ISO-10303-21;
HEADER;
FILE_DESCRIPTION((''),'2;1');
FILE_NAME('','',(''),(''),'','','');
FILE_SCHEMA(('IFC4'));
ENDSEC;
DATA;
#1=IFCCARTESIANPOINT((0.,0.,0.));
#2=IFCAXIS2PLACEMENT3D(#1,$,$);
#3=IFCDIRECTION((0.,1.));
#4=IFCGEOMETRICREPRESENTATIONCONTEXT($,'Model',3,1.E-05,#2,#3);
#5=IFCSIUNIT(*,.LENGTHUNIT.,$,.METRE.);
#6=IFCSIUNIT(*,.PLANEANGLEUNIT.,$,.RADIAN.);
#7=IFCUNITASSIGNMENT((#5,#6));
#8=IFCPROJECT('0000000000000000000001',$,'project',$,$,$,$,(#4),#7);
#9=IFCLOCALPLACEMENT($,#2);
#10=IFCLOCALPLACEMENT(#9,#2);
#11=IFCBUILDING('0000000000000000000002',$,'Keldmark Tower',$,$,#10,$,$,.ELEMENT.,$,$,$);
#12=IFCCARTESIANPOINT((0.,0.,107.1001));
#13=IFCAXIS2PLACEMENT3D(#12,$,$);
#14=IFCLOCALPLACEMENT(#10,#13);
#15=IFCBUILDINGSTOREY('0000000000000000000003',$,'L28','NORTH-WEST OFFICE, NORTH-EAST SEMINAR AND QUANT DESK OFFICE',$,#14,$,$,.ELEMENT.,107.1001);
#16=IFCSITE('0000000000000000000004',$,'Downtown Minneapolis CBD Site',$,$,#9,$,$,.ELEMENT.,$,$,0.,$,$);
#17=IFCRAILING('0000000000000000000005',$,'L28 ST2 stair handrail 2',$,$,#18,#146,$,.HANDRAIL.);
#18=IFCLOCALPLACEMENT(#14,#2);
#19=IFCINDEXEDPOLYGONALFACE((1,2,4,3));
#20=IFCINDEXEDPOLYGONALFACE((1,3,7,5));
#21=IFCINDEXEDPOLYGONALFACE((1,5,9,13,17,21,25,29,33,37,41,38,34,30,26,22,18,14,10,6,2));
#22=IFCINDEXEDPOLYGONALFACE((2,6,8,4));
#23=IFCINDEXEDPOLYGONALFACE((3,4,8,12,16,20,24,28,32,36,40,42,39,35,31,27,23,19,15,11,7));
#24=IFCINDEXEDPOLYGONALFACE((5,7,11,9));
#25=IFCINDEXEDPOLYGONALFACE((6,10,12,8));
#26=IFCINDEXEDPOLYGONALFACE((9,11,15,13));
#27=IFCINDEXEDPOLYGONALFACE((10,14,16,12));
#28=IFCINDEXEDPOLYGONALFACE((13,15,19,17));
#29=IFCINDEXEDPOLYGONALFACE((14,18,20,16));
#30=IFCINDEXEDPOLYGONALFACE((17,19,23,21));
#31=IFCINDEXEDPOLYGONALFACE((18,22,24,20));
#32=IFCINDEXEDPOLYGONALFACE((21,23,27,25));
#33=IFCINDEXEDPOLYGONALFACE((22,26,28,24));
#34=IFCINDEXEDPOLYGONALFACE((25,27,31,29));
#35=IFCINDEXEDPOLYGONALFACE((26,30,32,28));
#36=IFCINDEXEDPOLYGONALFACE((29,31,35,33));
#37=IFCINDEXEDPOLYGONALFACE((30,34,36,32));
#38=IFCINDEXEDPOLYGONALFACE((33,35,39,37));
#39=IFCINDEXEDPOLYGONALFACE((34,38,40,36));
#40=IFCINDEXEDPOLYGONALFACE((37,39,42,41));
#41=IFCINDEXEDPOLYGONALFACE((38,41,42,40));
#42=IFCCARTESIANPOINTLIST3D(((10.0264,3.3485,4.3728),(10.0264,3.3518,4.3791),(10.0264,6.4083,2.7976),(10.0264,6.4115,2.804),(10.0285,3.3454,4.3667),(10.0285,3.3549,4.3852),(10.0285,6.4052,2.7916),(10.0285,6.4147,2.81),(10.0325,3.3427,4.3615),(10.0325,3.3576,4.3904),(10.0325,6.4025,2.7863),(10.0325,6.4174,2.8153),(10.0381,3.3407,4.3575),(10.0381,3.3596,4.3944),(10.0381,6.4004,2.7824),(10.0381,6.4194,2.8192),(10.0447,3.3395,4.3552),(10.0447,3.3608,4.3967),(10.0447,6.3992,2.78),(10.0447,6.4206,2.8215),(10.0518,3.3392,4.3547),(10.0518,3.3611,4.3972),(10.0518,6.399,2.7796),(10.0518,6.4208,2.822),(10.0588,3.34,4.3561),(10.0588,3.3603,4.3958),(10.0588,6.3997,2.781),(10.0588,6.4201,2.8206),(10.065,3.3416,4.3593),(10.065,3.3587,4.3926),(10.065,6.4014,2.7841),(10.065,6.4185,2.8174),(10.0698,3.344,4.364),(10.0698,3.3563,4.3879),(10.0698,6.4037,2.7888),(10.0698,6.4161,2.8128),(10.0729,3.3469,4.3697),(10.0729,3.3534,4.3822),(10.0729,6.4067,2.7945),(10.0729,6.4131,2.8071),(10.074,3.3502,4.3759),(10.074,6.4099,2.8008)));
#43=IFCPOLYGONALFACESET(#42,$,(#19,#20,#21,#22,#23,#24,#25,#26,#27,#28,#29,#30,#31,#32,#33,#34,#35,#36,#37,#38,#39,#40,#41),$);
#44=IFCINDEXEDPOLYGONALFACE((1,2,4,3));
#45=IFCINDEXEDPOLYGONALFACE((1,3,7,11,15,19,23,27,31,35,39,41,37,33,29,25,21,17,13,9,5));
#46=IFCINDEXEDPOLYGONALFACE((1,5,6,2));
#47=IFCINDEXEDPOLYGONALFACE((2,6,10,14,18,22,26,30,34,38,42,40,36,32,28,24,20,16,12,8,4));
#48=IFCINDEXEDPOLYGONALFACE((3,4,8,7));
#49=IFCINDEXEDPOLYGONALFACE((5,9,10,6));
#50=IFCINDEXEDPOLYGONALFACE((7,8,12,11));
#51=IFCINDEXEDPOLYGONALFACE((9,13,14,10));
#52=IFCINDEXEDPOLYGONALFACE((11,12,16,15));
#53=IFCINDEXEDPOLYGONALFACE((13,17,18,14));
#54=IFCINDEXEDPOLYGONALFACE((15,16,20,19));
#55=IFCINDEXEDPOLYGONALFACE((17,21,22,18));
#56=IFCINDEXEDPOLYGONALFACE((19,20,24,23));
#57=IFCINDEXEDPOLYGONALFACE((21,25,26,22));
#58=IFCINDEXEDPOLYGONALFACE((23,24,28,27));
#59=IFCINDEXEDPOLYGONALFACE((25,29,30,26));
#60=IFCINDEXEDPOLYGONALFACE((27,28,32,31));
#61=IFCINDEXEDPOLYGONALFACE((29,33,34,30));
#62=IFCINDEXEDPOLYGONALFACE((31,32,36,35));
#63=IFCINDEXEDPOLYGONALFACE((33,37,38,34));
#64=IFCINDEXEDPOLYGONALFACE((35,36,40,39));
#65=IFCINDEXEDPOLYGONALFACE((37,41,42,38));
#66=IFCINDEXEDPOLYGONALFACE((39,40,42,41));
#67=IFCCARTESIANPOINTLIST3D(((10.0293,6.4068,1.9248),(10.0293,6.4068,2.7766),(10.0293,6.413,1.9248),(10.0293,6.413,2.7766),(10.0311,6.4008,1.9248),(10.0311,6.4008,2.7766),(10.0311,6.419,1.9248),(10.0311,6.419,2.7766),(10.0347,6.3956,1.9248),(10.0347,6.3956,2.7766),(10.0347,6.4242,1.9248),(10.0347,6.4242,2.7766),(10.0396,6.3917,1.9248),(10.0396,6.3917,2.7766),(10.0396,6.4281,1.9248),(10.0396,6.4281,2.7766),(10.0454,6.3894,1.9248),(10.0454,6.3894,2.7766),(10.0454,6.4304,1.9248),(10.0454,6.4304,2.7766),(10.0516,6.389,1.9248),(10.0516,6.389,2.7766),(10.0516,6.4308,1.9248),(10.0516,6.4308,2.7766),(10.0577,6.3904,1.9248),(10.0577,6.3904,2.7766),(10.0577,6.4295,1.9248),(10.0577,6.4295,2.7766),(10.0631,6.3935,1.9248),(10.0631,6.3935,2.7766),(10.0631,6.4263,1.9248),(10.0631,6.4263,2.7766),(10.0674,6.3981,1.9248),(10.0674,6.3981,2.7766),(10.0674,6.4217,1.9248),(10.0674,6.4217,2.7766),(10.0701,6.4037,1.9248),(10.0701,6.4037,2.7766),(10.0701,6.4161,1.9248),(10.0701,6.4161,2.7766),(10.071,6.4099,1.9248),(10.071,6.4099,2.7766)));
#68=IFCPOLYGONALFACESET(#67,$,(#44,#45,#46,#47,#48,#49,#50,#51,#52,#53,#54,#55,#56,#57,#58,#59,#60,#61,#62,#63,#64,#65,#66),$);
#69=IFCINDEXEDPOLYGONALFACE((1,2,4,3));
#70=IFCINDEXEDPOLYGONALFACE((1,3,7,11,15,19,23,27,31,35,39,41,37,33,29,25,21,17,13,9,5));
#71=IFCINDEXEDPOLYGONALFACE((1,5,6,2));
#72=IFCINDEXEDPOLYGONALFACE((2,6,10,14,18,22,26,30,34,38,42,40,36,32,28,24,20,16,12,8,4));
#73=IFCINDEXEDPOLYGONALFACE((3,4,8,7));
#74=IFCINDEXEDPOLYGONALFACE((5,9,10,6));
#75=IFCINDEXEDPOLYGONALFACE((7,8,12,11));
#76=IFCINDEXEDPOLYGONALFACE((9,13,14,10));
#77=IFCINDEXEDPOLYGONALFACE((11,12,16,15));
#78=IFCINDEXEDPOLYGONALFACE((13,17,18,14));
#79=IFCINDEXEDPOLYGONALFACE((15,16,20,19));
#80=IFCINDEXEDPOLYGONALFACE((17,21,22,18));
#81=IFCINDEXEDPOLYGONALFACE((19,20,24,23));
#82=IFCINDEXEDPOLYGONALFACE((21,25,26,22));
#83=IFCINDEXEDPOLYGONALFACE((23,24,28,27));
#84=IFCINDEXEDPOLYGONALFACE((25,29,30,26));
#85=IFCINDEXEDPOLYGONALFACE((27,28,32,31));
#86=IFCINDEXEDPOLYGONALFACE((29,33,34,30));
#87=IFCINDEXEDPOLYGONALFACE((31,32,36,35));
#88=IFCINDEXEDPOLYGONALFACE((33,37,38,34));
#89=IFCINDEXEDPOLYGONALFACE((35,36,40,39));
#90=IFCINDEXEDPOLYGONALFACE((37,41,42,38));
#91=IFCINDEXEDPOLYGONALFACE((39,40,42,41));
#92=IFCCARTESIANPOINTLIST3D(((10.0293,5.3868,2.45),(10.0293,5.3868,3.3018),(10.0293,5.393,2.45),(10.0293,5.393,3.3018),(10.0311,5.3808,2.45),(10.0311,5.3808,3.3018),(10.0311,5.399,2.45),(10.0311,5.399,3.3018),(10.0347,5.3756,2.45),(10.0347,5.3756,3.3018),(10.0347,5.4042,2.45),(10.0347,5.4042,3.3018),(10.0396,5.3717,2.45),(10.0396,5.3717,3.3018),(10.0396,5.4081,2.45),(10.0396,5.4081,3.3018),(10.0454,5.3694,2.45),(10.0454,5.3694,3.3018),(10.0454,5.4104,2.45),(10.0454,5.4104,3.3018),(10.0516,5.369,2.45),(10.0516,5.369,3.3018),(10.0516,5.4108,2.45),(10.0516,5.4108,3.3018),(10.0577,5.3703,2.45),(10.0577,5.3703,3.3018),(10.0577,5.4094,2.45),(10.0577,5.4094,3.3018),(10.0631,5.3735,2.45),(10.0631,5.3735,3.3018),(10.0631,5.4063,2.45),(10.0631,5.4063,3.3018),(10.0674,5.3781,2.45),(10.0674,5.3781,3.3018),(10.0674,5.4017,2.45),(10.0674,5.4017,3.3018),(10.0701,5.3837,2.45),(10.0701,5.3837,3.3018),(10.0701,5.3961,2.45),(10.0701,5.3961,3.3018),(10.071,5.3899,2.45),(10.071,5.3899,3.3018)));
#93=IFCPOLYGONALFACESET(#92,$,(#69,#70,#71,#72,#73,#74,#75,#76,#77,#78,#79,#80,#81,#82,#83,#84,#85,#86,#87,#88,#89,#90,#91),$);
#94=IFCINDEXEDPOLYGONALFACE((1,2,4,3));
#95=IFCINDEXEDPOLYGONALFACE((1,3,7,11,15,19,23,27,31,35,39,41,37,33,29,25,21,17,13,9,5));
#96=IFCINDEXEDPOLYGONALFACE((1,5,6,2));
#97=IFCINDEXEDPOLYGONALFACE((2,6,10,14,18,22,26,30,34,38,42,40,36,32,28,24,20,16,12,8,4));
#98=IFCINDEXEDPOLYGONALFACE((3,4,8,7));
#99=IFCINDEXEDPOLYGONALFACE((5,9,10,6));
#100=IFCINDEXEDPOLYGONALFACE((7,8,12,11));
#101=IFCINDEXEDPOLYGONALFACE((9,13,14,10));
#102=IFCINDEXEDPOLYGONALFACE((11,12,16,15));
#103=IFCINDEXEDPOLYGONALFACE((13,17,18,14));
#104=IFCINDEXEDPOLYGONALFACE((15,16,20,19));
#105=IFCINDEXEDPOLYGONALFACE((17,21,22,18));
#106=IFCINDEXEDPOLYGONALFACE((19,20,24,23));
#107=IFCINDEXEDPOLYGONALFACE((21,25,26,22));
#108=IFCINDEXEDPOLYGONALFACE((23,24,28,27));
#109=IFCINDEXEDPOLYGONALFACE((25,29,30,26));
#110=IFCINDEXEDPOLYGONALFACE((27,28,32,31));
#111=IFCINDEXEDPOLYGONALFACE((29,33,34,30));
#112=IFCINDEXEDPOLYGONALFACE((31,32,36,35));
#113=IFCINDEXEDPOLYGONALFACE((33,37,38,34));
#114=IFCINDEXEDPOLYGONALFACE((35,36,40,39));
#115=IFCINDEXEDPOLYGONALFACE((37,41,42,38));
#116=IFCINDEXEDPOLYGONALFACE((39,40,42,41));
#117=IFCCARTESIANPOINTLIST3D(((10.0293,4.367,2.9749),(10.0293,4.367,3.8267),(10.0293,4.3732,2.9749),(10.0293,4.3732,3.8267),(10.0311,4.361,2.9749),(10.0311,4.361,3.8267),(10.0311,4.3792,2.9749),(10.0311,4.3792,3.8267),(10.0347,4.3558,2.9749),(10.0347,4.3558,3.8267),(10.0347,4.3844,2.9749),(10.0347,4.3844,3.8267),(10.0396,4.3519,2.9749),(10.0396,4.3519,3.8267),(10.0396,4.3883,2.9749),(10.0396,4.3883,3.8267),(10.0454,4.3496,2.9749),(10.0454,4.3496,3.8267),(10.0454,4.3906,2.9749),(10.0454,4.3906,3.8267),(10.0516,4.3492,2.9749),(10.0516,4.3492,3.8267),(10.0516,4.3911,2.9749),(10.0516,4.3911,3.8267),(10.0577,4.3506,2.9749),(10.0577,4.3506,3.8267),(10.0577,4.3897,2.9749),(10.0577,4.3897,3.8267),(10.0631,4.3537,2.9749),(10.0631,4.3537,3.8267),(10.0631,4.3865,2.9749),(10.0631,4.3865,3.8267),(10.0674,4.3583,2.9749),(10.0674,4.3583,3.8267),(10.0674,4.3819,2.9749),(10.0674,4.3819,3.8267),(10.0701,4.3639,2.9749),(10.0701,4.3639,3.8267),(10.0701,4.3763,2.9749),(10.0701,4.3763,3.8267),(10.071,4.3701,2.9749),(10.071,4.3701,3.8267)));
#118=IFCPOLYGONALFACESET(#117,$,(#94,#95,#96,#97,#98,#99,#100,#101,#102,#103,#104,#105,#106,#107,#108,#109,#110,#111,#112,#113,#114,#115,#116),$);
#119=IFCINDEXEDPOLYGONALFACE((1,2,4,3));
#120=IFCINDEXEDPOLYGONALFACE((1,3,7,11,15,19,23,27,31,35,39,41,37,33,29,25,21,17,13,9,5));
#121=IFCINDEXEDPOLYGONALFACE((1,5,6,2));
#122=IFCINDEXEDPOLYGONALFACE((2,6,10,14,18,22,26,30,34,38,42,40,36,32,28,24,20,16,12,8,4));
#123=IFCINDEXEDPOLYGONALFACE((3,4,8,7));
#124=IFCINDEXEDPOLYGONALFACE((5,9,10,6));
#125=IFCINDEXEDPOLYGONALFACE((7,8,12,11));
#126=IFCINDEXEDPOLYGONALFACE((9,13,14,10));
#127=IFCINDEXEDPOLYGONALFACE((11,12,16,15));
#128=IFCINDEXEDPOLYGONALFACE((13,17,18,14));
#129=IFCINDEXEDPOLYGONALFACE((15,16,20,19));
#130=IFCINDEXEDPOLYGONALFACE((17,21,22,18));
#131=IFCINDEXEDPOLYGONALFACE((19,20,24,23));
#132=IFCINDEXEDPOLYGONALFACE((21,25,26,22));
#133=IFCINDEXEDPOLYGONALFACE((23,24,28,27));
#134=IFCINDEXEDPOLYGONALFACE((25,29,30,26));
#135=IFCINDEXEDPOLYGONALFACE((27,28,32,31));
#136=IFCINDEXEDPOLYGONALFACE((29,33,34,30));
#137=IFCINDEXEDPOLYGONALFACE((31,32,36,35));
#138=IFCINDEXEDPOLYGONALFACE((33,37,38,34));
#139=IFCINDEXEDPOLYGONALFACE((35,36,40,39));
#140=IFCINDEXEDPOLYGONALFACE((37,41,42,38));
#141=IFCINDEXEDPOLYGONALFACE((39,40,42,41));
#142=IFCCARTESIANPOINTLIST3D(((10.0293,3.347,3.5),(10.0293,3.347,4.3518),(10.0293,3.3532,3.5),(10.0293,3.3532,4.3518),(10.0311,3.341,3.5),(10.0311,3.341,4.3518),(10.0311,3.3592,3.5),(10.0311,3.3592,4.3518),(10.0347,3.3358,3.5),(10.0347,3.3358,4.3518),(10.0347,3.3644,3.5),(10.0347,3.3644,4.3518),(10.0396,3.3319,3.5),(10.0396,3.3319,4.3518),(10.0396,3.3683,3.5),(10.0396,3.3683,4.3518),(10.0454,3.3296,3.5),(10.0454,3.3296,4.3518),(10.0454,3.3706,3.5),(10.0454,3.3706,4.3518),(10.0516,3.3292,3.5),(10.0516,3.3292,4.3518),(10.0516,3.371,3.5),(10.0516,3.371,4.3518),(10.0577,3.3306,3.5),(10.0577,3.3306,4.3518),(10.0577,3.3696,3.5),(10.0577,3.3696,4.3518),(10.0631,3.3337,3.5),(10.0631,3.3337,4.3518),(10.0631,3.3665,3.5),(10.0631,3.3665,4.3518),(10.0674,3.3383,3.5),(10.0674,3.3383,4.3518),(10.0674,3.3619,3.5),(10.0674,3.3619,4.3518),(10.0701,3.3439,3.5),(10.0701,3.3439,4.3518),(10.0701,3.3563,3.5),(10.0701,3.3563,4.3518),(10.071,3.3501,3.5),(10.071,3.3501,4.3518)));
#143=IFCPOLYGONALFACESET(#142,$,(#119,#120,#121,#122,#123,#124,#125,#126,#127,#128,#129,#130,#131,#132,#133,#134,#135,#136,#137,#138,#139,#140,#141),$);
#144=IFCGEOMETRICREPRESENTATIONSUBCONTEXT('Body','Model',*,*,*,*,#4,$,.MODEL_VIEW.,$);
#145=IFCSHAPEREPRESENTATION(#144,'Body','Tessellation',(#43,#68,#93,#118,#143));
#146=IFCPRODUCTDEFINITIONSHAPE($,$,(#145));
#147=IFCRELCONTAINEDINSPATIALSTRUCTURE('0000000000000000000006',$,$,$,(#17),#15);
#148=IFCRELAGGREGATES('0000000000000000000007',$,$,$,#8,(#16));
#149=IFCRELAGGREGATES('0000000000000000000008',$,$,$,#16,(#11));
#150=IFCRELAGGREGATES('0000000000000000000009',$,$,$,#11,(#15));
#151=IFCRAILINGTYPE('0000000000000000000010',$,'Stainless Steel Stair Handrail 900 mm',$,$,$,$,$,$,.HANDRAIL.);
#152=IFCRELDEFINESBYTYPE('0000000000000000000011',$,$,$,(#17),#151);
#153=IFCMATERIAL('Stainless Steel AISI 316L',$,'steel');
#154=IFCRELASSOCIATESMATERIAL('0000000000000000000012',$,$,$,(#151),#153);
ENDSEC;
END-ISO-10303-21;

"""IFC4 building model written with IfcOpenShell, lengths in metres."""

from ifc_helpers import new_model, si_unit, direction, frame, origin, origin_2d, place, context, subcontext, project, spatial, circle, extrude, material, type_object, element, save


model = new_model("IFC4")

# Units and contexts
model_context = context("Model", 3, precision=1e-05, world=origin(), true_north=direction((0.0, 1.0)))
body_context = subcontext(model_context, "Body", "Model", "MODEL_VIEW")
ifc_project = project(units=[si_unit("LENGTHUNIT", "METRE"), si_unit("PLANEANGLEUNIT", "RADIAN")], contexts=[model_context])

# Site, building, storey
site_placement = place(None, origin())
site = spatial("IfcSite", under=ifc_project, at=site_placement, Name="Downtown Minneapolis CBD Site", CompositionType="ELEMENT", RefElevation=0.0)
building_placement = place(site_placement, origin())
building = spatial("IfcBuilding", under=site, at=building_placement, Name="Keldmark Tower", CompositionType="ELEMENT")
storey_placement = place(building_placement, frame((0.0, 0.0, 107.1001)))
storey = spatial("IfcBuildingStorey", under=building, at=storey_placement, Name="L28", Description="NORTH-WEST OFFICE, NORTH-EAST SEMINAR AND QUANT DESK OFFICE", CompositionType="ELEMENT", Elevation=107.1001)

# Railing
ifc_material_1 = material(Name="Stainless Steel AISI 316L", Category="steel")
railing_type_1 = type_object("IfcRailingType", Name="Stainless Steel Stair Handrail 900 mm", PredefinedType="HANDRAIL", material=ifc_material_1)
railing_1_placement = place(storey_placement, frame((10.05, 6.4099, 1.9248)))
element("IfcRailing", 1, at=railing_1_placement, inside=storey, type_object=railing_type_1, Name="L28 ST2 stair handrail 2", PredefinedType="HANDRAIL", context=body_context, shape_type="SweptSolid", body=[
    extrude(circle(Radius=0.0239, at=origin_2d()), frame((0.0, 0.0, 0.876), z_axis=(0.0, -0.889101, 0.45771), x_axis=(1.0, 0.0, 0.0)), (0.0, 0.0, 1.0), 3.4414),
    extrude(circle(Radius=0.021, at=origin_2d()), origin(), (0.0, 0.0, 1.0), 0.8518),
    extrude(circle(Radius=0.021, at=origin_2d()), frame((0.0, -1.02, 0.5251)), (0.0, 0.0, 1.0), 0.8518),
    extrude(circle(Radius=0.021, at=origin_2d()), frame((0.0, -2.0398, 1.05)), (0.0, 0.0, 1.0), 0.8518),
    extrude(circle(Radius=0.021, at=origin_2d()), frame((0.0, -3.0598, 1.5752)), (0.0, 0.0, 1.0), 0.8518),
])

save(model, "model.ifc")
